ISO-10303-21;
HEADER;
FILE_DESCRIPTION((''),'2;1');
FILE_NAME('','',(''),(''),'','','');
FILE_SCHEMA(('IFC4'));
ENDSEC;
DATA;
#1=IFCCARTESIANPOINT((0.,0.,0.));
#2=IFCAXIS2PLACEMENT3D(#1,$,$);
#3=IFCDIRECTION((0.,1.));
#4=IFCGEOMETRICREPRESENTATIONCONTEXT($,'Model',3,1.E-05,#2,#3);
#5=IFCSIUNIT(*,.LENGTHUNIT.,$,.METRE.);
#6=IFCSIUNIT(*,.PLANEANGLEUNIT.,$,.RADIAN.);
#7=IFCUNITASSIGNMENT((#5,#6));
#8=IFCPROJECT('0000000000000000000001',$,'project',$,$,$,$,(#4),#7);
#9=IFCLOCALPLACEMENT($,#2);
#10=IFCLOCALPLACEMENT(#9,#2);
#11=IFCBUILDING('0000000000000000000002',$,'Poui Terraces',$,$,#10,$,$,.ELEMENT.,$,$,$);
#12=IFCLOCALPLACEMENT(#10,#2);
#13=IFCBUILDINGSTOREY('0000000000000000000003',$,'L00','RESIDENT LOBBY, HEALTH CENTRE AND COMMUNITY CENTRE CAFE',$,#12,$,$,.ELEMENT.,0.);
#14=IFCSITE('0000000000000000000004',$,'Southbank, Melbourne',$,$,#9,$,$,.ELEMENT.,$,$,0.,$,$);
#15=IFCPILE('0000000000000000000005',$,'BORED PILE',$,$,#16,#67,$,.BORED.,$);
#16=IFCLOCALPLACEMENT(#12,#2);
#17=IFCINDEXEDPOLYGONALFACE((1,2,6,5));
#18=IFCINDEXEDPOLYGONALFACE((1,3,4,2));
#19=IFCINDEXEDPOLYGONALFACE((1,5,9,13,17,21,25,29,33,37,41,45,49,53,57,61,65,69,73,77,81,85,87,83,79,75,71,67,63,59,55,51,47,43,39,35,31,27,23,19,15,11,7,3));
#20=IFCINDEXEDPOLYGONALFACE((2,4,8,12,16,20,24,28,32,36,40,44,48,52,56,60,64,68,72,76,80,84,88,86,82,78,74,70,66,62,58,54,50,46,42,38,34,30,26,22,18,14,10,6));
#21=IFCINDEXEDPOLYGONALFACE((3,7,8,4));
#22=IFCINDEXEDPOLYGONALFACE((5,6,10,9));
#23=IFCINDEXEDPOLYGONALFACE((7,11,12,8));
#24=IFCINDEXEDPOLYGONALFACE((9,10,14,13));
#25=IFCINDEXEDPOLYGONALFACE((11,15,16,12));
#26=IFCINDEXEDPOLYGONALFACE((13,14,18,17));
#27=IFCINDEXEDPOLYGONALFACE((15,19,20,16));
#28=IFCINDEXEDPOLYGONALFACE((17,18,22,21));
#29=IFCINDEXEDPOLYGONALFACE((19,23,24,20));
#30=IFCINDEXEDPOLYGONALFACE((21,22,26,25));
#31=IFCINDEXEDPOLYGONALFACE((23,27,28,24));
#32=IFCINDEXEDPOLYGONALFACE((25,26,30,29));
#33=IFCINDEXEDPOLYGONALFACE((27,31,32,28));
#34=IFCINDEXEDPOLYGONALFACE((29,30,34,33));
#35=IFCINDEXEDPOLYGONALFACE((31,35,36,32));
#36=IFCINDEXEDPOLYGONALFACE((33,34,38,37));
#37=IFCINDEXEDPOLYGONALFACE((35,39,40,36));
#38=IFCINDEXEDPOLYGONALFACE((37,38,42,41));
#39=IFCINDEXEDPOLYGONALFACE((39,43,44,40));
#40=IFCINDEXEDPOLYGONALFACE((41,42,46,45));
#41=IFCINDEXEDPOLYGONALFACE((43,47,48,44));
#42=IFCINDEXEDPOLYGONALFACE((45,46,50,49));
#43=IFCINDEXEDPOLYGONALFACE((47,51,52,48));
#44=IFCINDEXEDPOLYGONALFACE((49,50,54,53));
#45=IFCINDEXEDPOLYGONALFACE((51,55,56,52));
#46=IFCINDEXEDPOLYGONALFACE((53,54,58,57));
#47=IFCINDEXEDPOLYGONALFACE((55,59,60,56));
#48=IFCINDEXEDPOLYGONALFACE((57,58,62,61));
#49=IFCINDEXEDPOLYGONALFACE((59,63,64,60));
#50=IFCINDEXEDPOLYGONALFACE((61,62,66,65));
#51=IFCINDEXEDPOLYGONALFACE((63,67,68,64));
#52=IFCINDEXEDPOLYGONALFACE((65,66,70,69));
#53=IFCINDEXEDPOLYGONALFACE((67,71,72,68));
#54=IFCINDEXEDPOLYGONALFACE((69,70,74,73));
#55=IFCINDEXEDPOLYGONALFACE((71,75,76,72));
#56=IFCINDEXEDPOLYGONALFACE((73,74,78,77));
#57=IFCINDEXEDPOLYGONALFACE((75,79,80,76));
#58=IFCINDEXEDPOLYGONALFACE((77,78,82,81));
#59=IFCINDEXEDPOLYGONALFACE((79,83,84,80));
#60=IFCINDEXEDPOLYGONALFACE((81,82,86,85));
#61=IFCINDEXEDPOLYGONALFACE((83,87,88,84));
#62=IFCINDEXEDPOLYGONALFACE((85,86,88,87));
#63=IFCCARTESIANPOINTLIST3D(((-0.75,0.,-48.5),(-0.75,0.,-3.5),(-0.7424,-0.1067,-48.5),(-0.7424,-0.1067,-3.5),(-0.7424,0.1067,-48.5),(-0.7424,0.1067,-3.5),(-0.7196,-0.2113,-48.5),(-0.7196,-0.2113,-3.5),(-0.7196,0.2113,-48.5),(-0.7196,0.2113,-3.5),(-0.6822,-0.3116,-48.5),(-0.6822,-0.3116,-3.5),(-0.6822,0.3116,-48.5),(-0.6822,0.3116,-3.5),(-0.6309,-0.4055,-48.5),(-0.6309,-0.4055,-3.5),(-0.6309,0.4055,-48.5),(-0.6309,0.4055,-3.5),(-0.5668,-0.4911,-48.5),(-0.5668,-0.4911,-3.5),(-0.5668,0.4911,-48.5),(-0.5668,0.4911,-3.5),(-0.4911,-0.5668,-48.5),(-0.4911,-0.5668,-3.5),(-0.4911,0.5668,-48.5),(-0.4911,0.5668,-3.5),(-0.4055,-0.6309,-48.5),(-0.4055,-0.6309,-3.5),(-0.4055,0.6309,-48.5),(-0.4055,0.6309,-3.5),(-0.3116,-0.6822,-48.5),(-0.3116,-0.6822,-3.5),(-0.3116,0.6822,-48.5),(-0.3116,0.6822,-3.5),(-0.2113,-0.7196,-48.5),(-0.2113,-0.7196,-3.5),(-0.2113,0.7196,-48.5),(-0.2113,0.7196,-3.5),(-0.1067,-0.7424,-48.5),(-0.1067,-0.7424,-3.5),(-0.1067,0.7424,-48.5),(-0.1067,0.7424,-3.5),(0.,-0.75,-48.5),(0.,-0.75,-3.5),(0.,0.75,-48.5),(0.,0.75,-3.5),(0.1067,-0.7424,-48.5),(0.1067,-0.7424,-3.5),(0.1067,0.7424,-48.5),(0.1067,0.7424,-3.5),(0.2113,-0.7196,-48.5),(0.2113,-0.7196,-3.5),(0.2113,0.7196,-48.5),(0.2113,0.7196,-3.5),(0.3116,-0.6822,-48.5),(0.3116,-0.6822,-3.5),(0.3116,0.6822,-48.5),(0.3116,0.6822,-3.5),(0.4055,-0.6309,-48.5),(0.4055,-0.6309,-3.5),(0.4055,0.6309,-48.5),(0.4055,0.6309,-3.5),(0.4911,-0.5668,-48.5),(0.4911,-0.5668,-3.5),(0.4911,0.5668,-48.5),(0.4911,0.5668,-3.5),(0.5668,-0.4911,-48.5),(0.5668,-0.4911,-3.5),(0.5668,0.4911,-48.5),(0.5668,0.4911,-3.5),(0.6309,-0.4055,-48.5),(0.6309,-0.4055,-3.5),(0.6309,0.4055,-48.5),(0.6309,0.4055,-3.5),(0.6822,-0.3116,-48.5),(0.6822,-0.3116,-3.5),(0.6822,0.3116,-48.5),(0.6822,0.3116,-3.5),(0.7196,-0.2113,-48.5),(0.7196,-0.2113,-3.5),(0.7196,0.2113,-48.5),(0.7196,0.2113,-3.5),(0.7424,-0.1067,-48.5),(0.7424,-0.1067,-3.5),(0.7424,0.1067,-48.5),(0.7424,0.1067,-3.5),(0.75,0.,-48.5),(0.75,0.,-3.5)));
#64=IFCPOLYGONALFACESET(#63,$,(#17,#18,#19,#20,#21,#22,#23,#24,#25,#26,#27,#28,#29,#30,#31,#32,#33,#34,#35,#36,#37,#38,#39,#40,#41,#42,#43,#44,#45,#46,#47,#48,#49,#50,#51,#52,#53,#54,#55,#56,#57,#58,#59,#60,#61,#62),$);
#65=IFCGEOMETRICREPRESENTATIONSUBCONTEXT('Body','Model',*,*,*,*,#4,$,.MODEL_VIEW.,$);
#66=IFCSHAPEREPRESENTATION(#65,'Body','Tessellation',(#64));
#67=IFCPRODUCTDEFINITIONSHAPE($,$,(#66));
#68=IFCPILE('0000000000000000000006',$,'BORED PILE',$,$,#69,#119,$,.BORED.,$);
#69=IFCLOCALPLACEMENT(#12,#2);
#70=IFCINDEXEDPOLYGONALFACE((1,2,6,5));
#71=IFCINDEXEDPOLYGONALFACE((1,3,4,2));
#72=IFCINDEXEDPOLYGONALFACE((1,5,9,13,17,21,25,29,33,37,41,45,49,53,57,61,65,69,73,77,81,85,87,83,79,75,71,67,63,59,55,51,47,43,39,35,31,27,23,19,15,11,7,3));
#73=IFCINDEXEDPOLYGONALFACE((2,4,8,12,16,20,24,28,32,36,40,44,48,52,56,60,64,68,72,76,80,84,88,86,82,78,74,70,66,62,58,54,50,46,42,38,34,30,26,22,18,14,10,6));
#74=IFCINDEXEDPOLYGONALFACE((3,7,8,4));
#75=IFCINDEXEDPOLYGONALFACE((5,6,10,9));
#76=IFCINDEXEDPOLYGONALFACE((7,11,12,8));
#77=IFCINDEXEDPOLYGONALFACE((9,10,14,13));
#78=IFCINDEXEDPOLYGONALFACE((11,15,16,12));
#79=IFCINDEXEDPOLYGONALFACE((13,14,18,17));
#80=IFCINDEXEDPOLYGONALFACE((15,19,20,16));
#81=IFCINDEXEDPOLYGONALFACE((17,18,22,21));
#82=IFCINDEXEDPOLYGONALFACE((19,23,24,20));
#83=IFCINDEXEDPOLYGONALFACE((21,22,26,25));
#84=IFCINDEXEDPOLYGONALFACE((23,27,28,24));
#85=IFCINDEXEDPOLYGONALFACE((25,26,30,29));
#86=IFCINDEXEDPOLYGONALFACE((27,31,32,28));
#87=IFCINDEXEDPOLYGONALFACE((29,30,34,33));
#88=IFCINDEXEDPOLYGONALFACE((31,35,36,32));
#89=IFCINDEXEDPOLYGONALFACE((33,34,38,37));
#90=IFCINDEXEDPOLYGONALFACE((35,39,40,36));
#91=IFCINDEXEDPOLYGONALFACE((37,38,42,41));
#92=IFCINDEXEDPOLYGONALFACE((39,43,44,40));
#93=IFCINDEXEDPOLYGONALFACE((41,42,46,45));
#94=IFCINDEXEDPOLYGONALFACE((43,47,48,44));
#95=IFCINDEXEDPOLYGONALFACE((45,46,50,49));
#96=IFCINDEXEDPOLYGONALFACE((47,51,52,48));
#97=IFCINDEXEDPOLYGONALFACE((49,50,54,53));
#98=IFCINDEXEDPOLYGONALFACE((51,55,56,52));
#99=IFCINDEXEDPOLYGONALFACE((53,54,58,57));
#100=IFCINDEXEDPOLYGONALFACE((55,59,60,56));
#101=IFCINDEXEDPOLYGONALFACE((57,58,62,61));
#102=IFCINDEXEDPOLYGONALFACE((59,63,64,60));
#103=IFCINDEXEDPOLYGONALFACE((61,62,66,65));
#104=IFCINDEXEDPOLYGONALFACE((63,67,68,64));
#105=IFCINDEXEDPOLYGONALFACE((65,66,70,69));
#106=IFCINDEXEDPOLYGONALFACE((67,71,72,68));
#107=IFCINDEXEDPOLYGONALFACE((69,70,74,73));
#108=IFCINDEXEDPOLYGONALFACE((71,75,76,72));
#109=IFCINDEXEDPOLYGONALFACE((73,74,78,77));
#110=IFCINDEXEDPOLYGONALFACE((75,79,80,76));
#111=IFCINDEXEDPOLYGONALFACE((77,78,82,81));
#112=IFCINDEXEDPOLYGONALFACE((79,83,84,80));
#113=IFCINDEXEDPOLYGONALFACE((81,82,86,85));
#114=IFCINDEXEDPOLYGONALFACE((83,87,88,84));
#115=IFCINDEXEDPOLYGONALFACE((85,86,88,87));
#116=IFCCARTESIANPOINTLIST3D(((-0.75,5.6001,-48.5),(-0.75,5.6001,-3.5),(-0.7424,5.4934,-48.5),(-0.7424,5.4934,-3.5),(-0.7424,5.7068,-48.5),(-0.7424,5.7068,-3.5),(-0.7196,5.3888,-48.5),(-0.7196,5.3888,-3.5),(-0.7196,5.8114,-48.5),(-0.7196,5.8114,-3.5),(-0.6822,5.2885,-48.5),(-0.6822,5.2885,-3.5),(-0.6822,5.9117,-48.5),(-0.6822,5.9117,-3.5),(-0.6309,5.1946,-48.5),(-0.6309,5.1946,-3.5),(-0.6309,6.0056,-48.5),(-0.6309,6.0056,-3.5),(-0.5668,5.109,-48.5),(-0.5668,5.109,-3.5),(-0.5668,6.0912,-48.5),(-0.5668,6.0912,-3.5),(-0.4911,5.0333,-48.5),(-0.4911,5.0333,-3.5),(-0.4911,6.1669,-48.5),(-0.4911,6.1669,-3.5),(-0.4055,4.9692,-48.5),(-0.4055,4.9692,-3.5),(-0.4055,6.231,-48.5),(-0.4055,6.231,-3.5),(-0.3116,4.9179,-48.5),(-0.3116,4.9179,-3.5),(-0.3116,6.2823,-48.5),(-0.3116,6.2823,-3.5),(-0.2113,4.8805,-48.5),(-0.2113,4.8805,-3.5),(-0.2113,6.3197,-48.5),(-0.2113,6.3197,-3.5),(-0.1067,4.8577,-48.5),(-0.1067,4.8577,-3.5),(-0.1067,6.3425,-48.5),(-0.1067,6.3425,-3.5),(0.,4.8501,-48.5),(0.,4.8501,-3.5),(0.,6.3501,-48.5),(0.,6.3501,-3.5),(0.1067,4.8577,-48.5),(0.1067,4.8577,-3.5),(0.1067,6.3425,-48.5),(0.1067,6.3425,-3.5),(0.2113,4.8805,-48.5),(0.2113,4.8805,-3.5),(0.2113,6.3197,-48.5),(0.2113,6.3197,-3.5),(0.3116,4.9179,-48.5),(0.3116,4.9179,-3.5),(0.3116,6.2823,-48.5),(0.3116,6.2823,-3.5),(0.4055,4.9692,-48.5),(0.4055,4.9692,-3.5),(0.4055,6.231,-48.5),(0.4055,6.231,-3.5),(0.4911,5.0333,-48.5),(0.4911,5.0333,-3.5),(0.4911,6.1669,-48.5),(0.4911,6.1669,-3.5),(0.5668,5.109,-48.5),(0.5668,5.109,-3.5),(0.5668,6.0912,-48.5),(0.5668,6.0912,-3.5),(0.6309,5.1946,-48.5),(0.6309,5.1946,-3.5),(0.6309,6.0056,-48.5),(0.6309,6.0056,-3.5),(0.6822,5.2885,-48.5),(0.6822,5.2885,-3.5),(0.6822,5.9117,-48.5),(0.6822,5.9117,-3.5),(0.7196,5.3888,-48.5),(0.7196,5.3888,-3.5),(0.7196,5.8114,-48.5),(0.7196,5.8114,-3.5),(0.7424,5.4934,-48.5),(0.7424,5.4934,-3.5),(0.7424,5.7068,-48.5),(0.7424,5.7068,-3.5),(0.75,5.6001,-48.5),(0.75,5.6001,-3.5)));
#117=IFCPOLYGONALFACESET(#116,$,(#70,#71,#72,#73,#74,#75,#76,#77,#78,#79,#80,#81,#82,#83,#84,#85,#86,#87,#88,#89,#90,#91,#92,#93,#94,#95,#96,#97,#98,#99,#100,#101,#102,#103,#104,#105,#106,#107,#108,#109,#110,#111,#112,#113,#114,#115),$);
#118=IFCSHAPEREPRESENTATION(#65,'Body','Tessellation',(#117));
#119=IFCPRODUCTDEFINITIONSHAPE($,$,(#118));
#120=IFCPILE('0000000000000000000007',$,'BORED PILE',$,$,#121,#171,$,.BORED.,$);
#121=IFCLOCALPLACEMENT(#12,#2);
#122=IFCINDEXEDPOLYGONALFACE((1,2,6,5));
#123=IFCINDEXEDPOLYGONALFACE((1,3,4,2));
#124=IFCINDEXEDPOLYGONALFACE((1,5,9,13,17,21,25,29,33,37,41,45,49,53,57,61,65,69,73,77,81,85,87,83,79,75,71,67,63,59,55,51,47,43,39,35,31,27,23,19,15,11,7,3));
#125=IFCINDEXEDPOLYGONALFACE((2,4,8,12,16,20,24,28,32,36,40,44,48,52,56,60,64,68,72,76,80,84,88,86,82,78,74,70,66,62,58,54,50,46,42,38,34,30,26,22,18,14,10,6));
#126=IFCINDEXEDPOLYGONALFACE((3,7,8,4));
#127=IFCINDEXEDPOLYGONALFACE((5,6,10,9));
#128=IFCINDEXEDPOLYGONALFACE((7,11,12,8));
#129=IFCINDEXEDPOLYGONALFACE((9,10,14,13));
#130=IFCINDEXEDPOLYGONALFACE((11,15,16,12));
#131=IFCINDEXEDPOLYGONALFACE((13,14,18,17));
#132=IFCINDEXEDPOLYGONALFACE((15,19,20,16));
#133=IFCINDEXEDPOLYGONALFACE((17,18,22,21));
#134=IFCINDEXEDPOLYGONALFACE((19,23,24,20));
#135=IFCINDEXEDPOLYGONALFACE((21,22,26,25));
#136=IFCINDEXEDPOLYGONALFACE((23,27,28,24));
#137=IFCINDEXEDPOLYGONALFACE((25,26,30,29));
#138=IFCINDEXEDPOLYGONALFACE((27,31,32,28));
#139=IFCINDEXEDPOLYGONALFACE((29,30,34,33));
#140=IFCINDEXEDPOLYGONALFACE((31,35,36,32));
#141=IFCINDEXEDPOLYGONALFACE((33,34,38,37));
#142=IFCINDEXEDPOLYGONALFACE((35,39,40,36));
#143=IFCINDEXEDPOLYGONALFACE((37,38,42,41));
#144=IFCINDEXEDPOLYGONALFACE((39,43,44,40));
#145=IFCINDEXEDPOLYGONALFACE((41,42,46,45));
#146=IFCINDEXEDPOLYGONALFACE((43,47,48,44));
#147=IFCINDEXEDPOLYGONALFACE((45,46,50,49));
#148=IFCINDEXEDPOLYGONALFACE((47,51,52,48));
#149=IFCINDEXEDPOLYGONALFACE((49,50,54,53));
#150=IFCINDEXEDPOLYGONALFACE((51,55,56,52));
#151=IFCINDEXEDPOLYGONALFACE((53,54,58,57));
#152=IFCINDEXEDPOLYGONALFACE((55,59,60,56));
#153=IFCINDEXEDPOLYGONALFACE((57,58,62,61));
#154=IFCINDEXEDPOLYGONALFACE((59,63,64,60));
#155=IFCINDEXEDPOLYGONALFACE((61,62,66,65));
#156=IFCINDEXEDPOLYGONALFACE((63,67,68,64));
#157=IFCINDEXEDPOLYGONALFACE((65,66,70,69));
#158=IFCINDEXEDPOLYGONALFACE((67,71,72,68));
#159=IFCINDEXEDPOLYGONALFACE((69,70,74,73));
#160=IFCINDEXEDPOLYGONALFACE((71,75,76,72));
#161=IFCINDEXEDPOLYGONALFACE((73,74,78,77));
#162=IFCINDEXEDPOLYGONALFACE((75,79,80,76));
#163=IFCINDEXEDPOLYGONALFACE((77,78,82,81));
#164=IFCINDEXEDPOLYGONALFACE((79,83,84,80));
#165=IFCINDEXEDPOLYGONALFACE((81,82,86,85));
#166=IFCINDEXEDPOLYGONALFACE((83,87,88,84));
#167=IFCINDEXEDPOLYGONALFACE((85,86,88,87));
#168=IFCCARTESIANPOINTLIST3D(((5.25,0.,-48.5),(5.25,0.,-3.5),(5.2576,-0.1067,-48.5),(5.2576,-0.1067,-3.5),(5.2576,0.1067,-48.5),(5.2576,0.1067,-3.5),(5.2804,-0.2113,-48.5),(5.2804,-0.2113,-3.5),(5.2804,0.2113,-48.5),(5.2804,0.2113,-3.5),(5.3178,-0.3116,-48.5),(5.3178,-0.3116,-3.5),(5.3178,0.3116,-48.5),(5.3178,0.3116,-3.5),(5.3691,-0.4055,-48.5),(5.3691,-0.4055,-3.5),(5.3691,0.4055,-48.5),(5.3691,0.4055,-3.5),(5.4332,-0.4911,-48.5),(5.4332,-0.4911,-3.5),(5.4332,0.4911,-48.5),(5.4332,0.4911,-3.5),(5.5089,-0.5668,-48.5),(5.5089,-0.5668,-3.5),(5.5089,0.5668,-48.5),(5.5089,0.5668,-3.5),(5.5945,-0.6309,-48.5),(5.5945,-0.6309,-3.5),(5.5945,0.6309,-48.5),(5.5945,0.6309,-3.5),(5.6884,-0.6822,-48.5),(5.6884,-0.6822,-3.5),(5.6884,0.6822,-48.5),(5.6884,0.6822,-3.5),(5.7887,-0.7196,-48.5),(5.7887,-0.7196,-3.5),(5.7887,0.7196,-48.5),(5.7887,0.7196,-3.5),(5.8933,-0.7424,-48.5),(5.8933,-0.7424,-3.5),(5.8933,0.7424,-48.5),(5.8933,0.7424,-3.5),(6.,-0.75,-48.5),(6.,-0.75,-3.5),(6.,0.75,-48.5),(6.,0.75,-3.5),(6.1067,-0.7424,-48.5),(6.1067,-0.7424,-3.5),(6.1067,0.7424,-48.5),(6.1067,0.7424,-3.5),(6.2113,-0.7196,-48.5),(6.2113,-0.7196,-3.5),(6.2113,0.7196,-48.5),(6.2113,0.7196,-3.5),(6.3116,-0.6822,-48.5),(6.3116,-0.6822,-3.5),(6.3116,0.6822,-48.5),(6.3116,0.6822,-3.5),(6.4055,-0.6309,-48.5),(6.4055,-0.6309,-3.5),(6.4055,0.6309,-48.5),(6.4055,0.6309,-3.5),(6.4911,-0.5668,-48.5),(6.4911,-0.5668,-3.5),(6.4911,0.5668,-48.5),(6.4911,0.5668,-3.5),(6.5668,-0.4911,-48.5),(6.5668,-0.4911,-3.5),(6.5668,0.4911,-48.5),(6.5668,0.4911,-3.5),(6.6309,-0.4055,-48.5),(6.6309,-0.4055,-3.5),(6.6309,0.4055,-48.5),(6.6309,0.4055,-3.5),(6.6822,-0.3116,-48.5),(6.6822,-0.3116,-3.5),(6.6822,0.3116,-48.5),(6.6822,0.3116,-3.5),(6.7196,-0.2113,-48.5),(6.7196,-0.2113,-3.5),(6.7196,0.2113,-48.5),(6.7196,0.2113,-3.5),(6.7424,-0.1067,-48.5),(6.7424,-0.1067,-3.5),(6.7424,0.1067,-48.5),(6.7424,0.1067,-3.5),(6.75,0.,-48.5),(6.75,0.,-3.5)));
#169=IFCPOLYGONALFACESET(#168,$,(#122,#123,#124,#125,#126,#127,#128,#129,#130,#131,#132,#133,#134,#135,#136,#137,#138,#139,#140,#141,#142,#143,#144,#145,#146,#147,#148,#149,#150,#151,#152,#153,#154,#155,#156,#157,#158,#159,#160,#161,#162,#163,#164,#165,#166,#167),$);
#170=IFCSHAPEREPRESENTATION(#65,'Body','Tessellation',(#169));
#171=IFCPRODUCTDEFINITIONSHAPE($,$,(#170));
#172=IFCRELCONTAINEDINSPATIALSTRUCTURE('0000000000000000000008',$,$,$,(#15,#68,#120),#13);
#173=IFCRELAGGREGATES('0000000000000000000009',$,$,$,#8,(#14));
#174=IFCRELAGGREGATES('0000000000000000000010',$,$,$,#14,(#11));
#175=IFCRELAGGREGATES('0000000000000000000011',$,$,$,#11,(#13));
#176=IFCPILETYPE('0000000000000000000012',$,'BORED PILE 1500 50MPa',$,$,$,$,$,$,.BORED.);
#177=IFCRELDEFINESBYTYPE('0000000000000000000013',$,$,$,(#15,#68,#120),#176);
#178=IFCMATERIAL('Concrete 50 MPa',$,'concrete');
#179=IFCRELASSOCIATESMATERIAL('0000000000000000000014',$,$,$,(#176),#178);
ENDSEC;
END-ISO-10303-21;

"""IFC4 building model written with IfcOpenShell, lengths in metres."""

from ifc_helpers import new_model, si_unit, direction, frame, origin, origin_2d, place, context, subcontext, project, spatial, circle, extrude, material, material_profile, profile_set, type_object, element, save


model = new_model("IFC4")

# Units and contexts
model_context = context("Model", 3, precision=1e-05, world=origin(), true_north=direction((0.0, 1.0)))
body_context = subcontext(model_context, "Body", "Model", "MODEL_VIEW")
ifc_project = project(units=[si_unit("LENGTHUNIT", "METRE"), si_unit("PLANEANGLEUNIT", "RADIAN")], contexts=[model_context])

# Site, building, storey
site_placement = place(None, origin())
site = spatial("IfcSite", under=ifc_project, at=site_placement, Name="Southbank, Melbourne", CompositionType="ELEMENT", RefElevation=0.0)
building_placement = place(site_placement, origin())
building = spatial("IfcBuilding", under=site, at=building_placement, Name="Poui Terraces", CompositionType="ELEMENT")
storey_placement = place(building_placement, origin())
storey = spatial("IfcBuildingStorey", under=building, at=storey_placement, Name="L00", Description="RESIDENT LOBBY, HEALTH CENTRE AND COMMUNITY CENTRE CAFE", CompositionType="ELEMENT", Elevation=0.0)

# Piles
ifc_material_1 = material(Name="Concrete 50 MPa", Category="concrete")
ifc_material_profile_1 = material_profile(ifc_material_1, circle(Radius=0.75, at=origin_2d()), Name="RC D1500")
ifc_profile_set_1 = profile_set([ifc_material_profile_1], Name="Concrete 50 MPa")
pile_type = type_object("IfcPileType", Name="BORED PILE 1500 50MPa", PredefinedType="BORED", material=ifc_profile_set_1)
for number, where, z_axis, x_axis, name in (
    (1, (0.0, 0.0, -3.5), (0.0, 0.0, -1.0), (1.0, 0.0, 0.0), "BORED PILE"),
    (2, (0.0, 5.6001, -3.5), (0.0, 0.0, -1.0), (1.0, 0.0, 0.0), "BORED PILE"),
    (3, (6.0, 0.0, -3.5), (0.0, 0.0, -1.0), (1.0, 0.0, 0.0), "BORED PILE"),
):
    element("IfcPile", number, at=place(storey_placement, frame(where, z_axis=z_axis, x_axis=x_axis)), inside=storey, type_object=pile_type, Name=name, PredefinedType="BORED", context=body_context, shape_type="SweptSolid", body=[
        extrude(circle(Radius=0.75, at=origin_2d()), origin(), (0.0, 0.0, 1.0), 45.0),
    ])

save(model, "model.ifc")
